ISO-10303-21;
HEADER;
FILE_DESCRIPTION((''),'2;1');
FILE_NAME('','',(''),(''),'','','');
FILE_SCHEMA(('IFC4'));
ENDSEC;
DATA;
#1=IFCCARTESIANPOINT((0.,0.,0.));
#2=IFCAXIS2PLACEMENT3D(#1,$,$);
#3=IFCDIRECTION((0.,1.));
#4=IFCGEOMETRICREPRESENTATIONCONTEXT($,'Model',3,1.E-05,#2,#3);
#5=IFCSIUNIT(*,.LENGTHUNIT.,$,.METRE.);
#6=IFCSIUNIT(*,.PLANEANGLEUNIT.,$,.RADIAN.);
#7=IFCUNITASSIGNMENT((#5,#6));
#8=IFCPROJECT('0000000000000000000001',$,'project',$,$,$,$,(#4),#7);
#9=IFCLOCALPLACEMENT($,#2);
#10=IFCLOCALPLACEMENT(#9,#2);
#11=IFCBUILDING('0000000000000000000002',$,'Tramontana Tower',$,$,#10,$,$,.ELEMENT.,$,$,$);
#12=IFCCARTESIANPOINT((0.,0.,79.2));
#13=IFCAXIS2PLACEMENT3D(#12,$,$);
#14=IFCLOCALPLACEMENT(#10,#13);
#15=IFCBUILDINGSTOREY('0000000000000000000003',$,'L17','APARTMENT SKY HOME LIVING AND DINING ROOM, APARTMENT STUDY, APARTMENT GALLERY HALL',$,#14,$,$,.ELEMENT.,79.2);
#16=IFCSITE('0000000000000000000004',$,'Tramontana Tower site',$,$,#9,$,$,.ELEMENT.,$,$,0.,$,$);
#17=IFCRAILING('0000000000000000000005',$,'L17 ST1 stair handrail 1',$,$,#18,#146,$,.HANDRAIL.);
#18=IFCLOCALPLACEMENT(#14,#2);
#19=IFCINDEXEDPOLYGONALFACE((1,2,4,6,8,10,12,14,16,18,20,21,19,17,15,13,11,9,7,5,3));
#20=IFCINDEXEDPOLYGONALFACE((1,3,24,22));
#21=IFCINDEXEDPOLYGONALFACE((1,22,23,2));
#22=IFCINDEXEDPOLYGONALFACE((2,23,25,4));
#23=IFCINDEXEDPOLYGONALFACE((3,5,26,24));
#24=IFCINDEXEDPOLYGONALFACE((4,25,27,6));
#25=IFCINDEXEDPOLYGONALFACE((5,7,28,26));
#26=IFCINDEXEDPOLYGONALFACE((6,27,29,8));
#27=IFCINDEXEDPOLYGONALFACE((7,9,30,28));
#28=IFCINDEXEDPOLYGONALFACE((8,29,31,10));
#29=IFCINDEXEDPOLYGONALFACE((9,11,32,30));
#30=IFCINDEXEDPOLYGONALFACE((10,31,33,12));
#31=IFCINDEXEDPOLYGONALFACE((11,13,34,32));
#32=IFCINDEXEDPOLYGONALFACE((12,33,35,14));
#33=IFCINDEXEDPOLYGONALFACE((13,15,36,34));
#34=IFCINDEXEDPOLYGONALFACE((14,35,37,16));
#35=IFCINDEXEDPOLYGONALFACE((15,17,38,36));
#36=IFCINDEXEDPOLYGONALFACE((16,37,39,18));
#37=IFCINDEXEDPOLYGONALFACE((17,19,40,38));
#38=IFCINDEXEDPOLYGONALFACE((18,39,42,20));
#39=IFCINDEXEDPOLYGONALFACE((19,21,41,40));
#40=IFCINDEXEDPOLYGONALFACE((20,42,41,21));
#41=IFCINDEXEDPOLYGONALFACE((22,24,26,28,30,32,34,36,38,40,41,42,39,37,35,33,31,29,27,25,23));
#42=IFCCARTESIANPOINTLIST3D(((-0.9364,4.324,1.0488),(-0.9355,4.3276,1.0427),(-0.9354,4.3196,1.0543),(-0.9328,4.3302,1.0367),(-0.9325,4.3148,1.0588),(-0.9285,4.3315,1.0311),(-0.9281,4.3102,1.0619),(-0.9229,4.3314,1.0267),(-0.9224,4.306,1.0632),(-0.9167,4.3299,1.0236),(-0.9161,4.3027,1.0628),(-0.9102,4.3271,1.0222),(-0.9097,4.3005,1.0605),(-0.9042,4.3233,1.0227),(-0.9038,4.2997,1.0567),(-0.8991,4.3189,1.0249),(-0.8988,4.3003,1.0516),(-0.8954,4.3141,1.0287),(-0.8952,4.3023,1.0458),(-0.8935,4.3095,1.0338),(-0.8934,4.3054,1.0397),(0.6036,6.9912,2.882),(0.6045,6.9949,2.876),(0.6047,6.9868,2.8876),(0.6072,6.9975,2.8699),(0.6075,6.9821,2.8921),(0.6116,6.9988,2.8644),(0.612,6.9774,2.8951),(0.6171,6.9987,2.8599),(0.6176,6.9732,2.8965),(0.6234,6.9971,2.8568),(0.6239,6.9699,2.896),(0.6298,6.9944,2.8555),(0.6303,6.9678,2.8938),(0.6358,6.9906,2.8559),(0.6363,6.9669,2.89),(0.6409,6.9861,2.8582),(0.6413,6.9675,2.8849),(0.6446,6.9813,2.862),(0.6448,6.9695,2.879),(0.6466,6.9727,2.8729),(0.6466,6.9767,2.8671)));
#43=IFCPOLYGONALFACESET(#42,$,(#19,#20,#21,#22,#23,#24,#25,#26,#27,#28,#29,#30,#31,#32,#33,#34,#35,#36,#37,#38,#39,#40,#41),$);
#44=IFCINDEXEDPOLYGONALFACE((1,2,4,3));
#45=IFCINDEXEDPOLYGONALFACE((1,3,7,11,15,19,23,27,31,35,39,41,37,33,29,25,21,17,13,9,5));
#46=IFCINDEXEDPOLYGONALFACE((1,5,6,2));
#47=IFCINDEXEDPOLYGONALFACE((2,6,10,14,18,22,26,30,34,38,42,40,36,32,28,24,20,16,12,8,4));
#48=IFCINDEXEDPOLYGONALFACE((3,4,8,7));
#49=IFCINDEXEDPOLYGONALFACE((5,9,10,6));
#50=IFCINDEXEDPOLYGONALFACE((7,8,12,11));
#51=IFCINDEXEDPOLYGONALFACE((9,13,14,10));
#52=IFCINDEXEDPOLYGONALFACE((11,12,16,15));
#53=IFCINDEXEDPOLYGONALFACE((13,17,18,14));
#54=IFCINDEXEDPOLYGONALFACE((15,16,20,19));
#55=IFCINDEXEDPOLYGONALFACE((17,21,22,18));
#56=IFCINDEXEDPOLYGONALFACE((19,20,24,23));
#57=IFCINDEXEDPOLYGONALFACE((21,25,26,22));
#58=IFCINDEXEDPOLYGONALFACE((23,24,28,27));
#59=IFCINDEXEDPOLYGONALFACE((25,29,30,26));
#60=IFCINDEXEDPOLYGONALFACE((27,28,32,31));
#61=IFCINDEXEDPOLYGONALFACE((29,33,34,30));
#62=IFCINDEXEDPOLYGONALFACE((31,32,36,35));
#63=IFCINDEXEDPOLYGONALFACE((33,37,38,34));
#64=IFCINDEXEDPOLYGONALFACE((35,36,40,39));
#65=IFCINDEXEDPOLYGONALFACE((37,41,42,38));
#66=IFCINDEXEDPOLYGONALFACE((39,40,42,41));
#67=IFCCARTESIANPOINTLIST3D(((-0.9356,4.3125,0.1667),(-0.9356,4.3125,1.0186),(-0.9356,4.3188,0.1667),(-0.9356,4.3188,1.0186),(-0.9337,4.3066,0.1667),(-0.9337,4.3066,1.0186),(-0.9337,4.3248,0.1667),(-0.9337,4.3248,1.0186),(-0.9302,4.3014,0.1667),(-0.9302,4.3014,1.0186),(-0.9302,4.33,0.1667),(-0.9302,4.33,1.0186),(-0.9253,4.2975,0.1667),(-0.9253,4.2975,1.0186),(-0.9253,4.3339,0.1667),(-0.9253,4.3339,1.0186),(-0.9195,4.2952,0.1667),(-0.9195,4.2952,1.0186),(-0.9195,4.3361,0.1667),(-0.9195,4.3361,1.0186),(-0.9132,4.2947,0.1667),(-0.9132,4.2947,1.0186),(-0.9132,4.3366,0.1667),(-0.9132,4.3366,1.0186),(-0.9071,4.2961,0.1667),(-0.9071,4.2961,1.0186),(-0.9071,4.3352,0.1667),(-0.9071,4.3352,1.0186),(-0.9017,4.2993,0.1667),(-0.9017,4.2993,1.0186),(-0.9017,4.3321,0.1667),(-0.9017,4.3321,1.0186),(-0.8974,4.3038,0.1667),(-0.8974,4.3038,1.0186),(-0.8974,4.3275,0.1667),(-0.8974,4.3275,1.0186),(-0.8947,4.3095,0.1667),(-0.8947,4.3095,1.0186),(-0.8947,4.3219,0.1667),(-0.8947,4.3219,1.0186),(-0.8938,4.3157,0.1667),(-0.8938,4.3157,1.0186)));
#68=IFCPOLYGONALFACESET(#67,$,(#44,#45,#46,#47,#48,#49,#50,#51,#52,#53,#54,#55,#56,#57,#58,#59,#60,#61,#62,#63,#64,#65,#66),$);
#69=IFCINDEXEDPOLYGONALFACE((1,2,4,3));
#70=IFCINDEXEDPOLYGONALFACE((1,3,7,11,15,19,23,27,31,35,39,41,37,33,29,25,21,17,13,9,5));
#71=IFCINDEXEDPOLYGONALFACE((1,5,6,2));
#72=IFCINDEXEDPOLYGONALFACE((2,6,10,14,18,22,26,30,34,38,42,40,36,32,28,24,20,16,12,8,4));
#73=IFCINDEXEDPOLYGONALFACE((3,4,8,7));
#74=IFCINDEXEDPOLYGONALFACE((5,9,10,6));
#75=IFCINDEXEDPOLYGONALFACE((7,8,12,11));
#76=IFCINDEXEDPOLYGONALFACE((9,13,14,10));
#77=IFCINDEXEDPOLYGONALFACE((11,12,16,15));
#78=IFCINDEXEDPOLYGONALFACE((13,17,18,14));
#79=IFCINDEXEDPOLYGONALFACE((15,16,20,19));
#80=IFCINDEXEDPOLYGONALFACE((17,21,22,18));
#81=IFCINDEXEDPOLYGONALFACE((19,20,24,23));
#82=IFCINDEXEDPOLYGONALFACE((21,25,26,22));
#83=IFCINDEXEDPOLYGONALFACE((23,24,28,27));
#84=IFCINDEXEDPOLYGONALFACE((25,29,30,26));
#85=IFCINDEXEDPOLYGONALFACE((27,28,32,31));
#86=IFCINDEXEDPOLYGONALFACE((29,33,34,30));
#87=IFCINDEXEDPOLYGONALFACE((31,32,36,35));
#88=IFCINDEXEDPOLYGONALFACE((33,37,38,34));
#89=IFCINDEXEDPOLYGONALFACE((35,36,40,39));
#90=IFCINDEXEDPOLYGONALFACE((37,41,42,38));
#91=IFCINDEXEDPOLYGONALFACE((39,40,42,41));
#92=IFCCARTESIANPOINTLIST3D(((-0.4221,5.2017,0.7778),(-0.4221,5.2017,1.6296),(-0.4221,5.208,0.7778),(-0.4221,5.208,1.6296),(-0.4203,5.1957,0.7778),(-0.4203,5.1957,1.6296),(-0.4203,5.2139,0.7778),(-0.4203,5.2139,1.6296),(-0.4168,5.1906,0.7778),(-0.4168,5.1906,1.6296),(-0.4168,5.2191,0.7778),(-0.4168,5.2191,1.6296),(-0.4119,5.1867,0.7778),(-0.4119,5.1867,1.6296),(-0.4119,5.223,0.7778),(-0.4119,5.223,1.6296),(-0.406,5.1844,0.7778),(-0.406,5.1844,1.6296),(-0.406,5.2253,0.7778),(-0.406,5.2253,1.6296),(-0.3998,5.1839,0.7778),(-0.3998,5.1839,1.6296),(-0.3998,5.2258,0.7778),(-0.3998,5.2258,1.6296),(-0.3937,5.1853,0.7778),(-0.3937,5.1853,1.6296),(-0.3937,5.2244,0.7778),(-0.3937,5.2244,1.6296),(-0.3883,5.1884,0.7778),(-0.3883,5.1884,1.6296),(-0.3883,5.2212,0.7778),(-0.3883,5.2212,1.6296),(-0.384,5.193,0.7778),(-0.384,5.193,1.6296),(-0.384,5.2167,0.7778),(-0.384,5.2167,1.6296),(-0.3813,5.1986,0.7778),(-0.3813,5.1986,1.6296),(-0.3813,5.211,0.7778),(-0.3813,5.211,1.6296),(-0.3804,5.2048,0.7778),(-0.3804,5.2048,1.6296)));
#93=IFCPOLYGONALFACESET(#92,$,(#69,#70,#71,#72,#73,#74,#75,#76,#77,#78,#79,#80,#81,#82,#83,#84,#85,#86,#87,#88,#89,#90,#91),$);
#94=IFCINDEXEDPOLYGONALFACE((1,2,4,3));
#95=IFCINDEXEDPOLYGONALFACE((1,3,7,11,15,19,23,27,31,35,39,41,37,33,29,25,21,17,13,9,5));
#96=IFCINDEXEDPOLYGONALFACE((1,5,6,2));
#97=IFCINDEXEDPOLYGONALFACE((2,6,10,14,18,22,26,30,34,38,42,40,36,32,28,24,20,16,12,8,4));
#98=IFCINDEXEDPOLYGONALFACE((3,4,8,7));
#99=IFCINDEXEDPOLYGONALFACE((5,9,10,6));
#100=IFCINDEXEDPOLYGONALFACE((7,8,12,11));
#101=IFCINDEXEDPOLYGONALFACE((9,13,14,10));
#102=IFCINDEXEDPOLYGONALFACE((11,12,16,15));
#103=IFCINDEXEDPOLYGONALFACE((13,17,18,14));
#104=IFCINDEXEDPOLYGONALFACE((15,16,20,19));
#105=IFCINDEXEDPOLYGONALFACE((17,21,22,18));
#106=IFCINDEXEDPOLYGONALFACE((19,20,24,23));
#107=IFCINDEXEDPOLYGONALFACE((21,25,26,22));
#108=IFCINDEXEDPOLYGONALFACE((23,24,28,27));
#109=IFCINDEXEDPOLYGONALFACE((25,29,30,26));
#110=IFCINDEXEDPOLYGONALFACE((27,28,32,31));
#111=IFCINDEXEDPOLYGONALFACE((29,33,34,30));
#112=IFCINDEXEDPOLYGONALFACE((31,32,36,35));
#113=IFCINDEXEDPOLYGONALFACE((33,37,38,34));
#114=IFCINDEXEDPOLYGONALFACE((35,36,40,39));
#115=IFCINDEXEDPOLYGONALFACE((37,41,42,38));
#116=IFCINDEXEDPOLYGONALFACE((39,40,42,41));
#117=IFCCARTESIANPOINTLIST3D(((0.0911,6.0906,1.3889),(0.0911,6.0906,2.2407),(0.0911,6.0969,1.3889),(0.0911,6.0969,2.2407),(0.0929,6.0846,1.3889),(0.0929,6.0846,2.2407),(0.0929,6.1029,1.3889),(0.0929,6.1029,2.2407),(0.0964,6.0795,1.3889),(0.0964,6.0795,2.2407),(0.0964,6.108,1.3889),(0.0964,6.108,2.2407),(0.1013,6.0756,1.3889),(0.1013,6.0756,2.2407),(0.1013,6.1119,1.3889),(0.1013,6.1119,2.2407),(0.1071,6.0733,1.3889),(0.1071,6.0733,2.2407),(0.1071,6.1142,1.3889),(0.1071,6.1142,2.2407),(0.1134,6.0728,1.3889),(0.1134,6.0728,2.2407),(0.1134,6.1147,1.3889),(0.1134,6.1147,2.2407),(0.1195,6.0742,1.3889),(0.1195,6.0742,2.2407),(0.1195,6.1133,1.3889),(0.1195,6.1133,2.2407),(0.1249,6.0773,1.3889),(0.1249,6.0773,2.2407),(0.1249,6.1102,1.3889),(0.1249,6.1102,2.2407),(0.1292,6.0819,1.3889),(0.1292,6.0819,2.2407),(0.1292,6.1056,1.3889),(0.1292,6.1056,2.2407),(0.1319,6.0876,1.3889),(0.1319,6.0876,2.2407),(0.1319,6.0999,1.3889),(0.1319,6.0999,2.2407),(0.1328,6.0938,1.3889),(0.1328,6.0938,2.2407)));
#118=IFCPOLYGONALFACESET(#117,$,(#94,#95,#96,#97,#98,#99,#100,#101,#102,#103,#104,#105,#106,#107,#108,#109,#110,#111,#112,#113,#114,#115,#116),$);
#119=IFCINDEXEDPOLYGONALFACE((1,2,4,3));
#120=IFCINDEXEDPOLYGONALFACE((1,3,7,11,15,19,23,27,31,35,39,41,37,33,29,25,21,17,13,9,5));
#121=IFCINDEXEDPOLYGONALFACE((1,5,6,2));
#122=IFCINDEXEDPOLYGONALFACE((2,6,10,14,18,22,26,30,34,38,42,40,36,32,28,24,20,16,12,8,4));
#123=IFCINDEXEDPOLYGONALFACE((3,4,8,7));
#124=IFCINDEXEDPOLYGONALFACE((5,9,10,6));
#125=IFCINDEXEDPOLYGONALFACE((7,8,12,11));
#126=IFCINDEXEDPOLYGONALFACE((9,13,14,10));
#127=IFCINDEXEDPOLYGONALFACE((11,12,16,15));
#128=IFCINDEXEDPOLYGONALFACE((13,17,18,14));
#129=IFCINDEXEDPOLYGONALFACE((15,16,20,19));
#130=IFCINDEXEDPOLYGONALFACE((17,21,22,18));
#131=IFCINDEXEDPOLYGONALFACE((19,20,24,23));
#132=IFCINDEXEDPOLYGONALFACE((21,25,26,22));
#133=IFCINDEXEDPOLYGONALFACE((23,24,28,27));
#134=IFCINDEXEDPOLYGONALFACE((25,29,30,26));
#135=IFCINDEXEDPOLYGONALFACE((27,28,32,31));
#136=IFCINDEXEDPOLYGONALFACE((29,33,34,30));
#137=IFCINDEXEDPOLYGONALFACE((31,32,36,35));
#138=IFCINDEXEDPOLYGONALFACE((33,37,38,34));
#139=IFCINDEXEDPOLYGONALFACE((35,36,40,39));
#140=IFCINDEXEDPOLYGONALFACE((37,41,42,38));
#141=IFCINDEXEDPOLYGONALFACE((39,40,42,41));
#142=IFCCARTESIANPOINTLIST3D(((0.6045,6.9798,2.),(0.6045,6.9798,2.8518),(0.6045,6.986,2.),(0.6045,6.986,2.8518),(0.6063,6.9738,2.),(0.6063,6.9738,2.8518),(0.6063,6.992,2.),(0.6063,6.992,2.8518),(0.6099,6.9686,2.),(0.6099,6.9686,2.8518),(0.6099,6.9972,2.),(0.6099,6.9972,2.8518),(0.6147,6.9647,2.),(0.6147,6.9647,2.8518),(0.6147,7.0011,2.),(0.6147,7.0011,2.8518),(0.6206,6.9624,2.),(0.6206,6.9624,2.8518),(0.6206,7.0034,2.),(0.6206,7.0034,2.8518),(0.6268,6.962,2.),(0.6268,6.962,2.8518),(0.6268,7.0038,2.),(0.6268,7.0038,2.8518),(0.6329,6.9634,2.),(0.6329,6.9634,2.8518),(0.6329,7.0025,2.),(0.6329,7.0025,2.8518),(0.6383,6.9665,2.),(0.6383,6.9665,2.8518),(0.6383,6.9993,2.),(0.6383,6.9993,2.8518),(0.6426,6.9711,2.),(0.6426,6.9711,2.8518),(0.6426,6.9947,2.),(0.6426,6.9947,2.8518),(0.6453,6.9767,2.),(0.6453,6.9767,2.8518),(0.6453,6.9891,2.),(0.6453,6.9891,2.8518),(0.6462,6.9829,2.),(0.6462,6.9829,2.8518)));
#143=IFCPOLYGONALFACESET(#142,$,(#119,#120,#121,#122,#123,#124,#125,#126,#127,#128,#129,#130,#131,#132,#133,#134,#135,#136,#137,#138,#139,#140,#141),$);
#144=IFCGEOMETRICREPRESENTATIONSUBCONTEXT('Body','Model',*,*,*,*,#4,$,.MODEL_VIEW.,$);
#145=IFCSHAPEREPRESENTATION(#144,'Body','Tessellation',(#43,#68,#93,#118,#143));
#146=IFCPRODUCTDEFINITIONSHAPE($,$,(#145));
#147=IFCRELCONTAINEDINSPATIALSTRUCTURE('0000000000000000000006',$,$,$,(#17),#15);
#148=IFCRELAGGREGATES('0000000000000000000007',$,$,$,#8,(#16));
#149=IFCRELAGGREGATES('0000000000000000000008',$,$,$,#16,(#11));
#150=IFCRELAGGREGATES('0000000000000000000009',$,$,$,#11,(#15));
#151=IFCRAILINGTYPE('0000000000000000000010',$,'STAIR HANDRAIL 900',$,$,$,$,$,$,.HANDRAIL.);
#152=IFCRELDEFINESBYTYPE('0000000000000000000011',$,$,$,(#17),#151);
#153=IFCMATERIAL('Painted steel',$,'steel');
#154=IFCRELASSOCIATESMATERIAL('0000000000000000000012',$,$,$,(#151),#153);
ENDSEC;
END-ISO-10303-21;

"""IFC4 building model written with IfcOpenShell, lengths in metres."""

from ifc_helpers import new_model, si_unit, direction, frame, origin, origin_2d, place, context, subcontext, project, spatial, circle, extrude, material, type_object, element, save


model = new_model("IFC4")

# Units and contexts
model_context = context("Model", 3, precision=1e-05, world=origin(), true_north=direction((0.0, 1.0)))
body_context = subcontext(model_context, "Body", "Model", "MODEL_VIEW")
ifc_project = project(units=[si_unit("LENGTHUNIT", "METRE"), si_unit("PLANEANGLEUNIT", "RADIAN")], contexts=[model_context])

# Site, building, storey
site_placement = place(None, origin())
site = spatial("IfcSite", under=ifc_project, at=site_placement, Name="Tramontana Tower site", CompositionType="ELEMENT", RefElevation=0.0)
building_placement = place(site_placement, origin())
building = spatial("IfcBuilding", under=site, at=building_placement, Name="Tramontana Tower", CompositionType="ELEMENT")
storey_placement = place(building_placement, frame((0.0, 0.0, 79.2)))
storey = spatial("IfcBuildingStorey", under=building, at=storey_placement, Name="L17", Description="APARTMENT SKY HOME LIVING AND DINING ROOM, APARTMENT STUDY, APARTMENT GALLERY HALL", CompositionType="ELEMENT", Elevation=79.2)

# Railing
ifc_material_1 = material(Name="Painted steel", Category="steel")
railing_type_1 = type_object("IfcRailingType", Name="STAIR HANDRAIL 900", PredefinedType="HANDRAIL", material=ifc_material_1)
railing_1_placement = place(storey_placement, frame((-0.9148, 4.3157, 0.1667)))
element("IfcRailing", 1, at=railing_1_placement, inside=storey, type_object=railing_type_1, Name="L17 ST1 stair handrail 1", PredefinedType="HANDRAIL", context=body_context, shape_type="SweptSolid", body=[
    extrude(circle(Radius=0.0239, at=origin_2d()), frame((0.0, 0.0, 0.876), z_axis=(0.429671, 0.744159, 0.511478), x_axis=(-0.86601, 0.500027, 0.0)), (0.0, 0.0, 1.0), 3.5842),
    extrude(circle(Radius=0.021, at=origin_2d()), origin(), (0.0, 0.0, 1.0), 0.8518),
    extrude(circle(Radius=0.021, at=origin_2d()), frame((0.5134, 0.8892, 0.6111)), (0.0, 0.0, 1.0), 0.8518),
    extrude(circle(Radius=0.021, at=origin_2d()), frame((1.0266, 1.7781, 1.2222)), (0.0, 0.0, 1.0), 0.8518),
    extrude(circle(Radius=0.021, at=origin_2d()), frame((1.54, 2.6672, 1.8333)), (0.0, 0.0, 1.0), 0.8518),
])

save(model, "model.ifc")
